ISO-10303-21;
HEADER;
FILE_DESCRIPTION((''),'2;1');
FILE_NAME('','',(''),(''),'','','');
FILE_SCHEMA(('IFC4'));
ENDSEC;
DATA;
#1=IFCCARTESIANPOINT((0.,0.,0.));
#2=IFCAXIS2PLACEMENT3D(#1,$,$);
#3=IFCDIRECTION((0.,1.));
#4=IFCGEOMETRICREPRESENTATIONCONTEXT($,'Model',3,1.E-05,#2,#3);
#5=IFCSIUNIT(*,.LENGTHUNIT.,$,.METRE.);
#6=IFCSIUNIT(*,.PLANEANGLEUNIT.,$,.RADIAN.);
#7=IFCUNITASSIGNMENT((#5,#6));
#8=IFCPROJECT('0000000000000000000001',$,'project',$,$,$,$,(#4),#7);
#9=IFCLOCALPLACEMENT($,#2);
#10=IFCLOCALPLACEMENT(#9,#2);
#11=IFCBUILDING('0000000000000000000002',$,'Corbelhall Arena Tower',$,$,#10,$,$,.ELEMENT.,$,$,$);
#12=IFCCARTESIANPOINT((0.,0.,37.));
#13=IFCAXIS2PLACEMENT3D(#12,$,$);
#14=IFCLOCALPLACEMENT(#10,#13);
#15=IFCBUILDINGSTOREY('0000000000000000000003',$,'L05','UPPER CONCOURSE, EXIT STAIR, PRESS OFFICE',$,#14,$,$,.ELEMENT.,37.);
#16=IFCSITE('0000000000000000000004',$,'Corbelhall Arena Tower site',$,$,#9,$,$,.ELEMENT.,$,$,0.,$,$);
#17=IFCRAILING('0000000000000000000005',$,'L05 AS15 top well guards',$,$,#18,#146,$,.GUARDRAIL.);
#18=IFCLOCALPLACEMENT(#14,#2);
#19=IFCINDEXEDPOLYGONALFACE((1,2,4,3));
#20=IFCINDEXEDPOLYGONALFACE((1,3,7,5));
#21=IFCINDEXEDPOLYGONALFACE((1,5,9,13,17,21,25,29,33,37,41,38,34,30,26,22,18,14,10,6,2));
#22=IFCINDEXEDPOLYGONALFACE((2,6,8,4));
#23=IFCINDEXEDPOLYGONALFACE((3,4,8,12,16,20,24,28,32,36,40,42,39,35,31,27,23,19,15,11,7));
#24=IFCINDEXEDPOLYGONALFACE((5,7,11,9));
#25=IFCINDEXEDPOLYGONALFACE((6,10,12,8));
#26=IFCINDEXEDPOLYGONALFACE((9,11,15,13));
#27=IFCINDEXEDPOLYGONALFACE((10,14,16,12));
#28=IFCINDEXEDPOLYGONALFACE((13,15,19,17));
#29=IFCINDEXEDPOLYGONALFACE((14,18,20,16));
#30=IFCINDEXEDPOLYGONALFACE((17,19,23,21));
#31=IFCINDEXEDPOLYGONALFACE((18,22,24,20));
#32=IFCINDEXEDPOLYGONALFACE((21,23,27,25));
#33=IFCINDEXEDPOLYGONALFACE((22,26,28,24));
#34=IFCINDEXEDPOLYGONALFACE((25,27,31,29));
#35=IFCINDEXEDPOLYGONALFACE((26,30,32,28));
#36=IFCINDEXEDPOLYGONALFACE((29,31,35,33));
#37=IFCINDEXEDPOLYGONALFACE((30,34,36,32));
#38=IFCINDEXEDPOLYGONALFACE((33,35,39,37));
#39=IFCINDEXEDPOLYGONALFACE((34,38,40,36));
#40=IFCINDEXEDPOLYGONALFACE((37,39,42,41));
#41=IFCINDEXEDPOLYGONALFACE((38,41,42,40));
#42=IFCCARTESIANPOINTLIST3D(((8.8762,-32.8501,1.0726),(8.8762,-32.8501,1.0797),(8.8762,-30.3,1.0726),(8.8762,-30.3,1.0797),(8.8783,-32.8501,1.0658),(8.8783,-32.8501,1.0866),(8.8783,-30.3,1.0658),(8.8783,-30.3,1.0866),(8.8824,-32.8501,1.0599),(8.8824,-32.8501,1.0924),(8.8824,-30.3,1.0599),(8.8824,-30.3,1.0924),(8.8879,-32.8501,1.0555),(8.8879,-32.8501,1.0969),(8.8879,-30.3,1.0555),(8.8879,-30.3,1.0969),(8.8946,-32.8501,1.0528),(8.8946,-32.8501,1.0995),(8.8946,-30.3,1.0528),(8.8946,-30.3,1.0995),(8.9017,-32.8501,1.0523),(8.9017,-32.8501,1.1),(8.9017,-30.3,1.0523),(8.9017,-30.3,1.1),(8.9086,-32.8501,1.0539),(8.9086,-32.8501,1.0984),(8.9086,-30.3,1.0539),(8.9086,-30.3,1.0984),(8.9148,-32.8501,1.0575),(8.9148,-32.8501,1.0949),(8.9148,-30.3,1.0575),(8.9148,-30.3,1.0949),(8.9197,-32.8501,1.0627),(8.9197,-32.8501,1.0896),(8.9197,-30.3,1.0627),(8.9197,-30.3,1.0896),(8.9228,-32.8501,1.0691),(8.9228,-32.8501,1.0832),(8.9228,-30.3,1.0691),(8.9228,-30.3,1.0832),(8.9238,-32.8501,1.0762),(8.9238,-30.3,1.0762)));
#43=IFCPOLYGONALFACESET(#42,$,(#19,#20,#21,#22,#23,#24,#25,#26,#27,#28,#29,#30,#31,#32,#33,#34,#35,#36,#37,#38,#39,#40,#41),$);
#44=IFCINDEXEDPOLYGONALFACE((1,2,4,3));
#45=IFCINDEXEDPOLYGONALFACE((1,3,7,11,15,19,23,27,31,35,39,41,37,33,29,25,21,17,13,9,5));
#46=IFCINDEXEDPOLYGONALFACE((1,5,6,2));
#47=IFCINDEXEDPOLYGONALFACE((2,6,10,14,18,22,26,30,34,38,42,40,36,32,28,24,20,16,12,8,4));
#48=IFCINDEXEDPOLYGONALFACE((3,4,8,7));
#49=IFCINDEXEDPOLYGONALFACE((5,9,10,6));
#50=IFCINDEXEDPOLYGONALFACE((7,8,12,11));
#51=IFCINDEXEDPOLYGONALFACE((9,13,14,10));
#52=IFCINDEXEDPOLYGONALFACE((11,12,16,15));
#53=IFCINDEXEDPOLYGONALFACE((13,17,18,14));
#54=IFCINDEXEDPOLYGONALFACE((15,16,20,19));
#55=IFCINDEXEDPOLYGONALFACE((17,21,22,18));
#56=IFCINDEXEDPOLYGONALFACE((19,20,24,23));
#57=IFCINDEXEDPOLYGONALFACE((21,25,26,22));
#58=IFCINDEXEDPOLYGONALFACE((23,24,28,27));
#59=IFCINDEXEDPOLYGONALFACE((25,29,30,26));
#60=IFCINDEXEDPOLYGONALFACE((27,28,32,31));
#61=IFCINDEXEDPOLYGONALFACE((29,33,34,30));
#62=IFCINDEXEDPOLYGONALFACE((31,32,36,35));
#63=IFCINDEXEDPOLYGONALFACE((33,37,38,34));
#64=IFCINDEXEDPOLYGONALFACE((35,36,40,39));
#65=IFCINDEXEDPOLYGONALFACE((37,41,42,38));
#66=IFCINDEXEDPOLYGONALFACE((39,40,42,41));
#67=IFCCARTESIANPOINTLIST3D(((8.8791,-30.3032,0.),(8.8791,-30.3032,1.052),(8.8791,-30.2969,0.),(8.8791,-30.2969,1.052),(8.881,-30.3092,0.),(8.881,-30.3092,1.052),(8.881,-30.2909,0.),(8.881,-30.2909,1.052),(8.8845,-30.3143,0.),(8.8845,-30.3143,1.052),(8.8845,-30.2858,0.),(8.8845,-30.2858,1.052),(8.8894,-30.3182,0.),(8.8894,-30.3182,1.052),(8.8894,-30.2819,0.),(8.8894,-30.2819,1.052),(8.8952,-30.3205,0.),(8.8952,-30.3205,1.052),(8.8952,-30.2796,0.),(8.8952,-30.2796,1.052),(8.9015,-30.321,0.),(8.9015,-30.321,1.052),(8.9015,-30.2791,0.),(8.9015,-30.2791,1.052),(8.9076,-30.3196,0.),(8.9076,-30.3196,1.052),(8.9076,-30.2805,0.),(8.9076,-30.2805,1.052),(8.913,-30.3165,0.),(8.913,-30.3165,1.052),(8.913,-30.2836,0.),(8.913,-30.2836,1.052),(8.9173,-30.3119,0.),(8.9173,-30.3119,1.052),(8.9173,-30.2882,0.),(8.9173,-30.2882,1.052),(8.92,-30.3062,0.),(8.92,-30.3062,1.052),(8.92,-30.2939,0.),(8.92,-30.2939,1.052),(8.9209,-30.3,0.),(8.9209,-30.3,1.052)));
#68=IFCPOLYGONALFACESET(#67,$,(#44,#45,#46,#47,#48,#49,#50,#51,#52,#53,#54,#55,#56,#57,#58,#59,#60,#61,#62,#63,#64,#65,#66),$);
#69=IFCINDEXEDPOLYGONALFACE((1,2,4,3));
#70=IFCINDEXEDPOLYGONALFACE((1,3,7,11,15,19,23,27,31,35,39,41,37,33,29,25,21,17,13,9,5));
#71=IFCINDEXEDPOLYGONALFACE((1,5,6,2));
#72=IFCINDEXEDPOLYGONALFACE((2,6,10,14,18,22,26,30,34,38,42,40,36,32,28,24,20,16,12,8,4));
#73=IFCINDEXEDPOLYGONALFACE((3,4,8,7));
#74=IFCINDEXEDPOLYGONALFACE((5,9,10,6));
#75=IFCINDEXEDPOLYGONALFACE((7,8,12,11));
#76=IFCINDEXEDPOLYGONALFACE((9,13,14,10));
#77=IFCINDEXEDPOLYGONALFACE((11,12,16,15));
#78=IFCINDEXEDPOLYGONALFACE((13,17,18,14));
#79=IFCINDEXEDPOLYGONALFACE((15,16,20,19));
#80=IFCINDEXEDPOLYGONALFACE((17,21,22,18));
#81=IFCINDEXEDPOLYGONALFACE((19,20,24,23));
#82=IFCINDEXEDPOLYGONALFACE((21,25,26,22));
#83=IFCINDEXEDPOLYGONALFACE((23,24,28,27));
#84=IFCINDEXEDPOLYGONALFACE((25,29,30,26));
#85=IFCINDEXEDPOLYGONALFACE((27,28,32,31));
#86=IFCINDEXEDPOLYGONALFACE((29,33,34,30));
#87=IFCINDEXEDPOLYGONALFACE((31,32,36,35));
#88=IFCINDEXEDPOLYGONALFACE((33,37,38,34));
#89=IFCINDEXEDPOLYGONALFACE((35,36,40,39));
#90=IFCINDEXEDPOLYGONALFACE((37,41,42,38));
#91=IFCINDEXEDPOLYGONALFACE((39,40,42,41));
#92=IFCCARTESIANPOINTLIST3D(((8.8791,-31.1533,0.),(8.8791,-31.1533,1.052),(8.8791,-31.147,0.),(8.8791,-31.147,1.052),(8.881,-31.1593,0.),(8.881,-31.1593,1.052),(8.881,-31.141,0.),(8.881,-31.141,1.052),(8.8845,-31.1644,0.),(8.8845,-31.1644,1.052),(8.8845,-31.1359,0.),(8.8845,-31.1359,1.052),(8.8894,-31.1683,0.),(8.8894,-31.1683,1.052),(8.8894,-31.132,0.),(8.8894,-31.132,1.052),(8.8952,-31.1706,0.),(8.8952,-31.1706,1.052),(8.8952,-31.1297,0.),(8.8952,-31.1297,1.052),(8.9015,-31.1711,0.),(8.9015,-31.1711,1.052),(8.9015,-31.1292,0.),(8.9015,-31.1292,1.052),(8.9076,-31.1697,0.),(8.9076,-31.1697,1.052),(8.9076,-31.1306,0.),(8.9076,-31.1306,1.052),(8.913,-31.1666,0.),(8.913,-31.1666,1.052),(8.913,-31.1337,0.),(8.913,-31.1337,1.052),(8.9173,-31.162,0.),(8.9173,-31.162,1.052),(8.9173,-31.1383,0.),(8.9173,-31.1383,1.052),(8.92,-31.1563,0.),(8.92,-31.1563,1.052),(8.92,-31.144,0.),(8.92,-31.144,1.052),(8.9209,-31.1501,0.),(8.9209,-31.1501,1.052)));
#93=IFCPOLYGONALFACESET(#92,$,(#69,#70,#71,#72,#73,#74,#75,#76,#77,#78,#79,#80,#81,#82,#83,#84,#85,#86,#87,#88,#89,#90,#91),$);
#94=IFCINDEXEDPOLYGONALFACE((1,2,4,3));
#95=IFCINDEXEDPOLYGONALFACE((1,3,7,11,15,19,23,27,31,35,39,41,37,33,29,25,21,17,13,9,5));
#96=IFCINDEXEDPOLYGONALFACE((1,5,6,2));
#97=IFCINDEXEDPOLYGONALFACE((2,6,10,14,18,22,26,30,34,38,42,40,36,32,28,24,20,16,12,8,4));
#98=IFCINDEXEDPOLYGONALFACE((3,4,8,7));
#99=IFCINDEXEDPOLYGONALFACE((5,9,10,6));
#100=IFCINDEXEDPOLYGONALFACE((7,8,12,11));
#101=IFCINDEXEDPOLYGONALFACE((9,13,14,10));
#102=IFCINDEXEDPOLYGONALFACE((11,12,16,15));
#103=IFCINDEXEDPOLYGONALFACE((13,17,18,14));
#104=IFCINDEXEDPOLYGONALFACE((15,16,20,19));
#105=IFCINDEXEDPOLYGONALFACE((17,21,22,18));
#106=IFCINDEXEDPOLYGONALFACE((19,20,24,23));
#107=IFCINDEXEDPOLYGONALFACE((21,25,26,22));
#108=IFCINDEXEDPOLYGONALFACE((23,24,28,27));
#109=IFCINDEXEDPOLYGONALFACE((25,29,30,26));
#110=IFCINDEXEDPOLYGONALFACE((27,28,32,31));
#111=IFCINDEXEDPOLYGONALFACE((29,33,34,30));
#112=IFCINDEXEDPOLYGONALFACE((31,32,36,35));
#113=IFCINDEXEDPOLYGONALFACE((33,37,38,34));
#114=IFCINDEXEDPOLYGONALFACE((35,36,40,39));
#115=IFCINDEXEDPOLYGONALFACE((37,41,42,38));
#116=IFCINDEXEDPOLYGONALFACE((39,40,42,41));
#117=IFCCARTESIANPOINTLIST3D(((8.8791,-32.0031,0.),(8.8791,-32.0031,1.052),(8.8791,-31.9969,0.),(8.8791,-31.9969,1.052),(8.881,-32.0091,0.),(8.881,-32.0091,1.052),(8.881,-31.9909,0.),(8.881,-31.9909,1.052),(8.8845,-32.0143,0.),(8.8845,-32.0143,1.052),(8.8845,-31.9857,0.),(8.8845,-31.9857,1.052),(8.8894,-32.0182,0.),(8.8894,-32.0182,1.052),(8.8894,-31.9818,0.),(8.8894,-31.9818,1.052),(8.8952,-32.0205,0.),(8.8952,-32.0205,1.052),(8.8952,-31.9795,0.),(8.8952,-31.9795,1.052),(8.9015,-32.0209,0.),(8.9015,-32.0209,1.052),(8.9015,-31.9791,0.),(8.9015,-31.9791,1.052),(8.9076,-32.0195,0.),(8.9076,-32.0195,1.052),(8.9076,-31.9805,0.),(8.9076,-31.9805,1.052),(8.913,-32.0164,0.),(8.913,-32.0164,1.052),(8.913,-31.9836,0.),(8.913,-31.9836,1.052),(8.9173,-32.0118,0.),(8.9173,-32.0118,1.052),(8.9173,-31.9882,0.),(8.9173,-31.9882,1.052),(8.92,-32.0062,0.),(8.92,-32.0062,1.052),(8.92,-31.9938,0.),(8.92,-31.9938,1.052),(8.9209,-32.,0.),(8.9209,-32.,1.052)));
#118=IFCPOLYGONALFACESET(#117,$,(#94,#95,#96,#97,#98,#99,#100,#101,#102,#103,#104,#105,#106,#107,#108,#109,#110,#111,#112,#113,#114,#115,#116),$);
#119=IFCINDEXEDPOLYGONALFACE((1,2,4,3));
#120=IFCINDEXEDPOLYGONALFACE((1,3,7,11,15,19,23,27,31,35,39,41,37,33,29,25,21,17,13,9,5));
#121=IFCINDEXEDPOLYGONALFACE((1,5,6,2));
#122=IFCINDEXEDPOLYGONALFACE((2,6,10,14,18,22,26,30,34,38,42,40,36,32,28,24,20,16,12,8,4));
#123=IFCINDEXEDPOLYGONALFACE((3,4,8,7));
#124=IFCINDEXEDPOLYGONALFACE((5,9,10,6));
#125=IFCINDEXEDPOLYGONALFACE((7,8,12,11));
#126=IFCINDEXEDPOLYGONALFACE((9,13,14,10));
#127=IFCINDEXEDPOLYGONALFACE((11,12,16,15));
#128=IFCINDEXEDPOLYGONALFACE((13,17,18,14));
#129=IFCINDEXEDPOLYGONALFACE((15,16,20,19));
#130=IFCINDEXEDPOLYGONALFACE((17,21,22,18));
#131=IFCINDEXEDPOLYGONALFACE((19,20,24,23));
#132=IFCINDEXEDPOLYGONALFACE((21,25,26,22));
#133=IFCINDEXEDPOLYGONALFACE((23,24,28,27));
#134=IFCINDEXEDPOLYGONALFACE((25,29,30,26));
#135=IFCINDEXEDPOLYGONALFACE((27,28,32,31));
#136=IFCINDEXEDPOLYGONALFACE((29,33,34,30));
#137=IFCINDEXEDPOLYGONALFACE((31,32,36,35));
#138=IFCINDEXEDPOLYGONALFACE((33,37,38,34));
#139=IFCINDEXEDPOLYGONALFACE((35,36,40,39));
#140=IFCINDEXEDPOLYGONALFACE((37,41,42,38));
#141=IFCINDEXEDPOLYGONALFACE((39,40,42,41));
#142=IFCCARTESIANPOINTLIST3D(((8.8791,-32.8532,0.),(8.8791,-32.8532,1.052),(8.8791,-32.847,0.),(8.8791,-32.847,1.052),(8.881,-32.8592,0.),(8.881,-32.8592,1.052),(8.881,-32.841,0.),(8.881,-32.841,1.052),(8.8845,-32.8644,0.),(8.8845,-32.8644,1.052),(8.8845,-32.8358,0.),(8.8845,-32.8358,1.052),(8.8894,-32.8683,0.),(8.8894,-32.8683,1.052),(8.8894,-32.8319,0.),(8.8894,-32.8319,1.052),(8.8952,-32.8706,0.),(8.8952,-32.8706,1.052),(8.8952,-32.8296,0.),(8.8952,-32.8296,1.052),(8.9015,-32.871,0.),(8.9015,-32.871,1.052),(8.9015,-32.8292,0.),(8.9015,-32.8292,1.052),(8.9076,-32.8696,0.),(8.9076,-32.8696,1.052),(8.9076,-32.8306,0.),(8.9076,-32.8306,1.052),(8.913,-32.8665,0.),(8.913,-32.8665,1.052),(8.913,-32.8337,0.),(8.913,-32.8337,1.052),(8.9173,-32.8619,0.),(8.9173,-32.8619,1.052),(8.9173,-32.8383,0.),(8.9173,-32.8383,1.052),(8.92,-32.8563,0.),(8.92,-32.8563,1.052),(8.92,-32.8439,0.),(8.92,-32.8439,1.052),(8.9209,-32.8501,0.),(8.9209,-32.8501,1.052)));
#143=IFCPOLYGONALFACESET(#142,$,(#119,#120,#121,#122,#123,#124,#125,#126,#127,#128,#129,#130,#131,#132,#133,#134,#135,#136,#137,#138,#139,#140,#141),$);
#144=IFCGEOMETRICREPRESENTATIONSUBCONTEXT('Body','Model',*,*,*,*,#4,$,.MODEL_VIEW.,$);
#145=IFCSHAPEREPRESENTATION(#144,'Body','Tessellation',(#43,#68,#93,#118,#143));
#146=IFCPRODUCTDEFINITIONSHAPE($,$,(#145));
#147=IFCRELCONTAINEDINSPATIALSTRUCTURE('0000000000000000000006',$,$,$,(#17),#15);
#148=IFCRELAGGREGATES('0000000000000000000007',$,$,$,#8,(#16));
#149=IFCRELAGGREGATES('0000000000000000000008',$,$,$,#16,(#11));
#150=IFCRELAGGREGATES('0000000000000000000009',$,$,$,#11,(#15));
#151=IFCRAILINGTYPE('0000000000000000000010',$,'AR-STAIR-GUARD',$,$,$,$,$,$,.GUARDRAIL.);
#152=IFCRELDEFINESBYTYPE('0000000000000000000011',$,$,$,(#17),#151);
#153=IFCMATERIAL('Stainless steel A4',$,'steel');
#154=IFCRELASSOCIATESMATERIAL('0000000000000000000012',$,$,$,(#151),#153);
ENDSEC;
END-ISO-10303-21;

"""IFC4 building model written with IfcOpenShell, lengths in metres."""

from ifc_helpers import new_model, si_unit, direction, frame, origin, origin_2d, place, context, subcontext, project, spatial, circle, extrude, material, type_object, element, save


model = new_model("IFC4")

# Units and contexts
model_context = context("Model", 3, precision=1e-05, world=origin(), true_north=direction((0.0, 1.0)))
body_context = subcontext(model_context, "Body", "Model", "MODEL_VIEW")
ifc_project = project(units=[si_unit("LENGTHUNIT", "METRE"), si_unit("PLANEANGLEUNIT", "RADIAN")], contexts=[model_context])

# Site, building, storey
site_placement = place(None, origin())
site = spatial("IfcSite", under=ifc_project, at=site_placement, Name="Corbelhall Arena Tower site", CompositionType="ELEMENT", RefElevation=0.0)
building_placement = place(site_placement, origin())
building = spatial("IfcBuilding", under=site, at=building_placement, Name="Corbelhall Arena Tower", CompositionType="ELEMENT")
storey_placement = place(building_placement, frame((0.0, 0.0, 37.0)))
storey = spatial("IfcBuildingStorey", under=building, at=storey_placement, Name="L05", Description="UPPER CONCOURSE, EXIT STAIR, PRESS OFFICE", CompositionType="ELEMENT", Elevation=37.0)

# Railing
ifc_material_1 = material(Name="Stainless steel A4", Category="steel")
railing_type = type_object("IfcRailingType", Name="AR-STAIR-GUARD", PredefinedType="GUARDRAIL", material=ifc_material_1)
railing_placement = place(storey_placement, frame((8.8999, -30.3, 0.0)))
element("IfcRailing", 1, at=railing_placement, inside=storey, type_object=railing_type, Name="L05 AS15 top well guards", PredefinedType="GUARDRAIL", context=body_context, shape_type="SweptSolid", body=[
    extrude(circle(Radius=0.0239, at=origin_2d()), frame((0.0, 0.0, 1.0762), z_axis=(0.0, -1.0, 0.0), x_axis=(1.0, 0.0, 0.0)), (0.0, 0.0, 1.0), 2.55),
    extrude(circle(Radius=0.021, at=origin_2d()), origin(), (0.0, 0.0, 1.0), 1.052),
    extrude(circle(Radius=0.021, at=origin_2d()), frame((0.0, -0.8501, 0.0)), (0.0, 0.0, 1.0), 1.052),
    extrude(circle(Radius=0.021, at=origin_2d()), frame((0.0, -1.7, 0.0)), (0.0, 0.0, 1.0), 1.052),
    extrude(circle(Radius=0.021, at=origin_2d()), frame((0.0, -2.55, 0.0)), (0.0, 0.0, 1.0), 1.052),
])

save(model, "model.ifc")
